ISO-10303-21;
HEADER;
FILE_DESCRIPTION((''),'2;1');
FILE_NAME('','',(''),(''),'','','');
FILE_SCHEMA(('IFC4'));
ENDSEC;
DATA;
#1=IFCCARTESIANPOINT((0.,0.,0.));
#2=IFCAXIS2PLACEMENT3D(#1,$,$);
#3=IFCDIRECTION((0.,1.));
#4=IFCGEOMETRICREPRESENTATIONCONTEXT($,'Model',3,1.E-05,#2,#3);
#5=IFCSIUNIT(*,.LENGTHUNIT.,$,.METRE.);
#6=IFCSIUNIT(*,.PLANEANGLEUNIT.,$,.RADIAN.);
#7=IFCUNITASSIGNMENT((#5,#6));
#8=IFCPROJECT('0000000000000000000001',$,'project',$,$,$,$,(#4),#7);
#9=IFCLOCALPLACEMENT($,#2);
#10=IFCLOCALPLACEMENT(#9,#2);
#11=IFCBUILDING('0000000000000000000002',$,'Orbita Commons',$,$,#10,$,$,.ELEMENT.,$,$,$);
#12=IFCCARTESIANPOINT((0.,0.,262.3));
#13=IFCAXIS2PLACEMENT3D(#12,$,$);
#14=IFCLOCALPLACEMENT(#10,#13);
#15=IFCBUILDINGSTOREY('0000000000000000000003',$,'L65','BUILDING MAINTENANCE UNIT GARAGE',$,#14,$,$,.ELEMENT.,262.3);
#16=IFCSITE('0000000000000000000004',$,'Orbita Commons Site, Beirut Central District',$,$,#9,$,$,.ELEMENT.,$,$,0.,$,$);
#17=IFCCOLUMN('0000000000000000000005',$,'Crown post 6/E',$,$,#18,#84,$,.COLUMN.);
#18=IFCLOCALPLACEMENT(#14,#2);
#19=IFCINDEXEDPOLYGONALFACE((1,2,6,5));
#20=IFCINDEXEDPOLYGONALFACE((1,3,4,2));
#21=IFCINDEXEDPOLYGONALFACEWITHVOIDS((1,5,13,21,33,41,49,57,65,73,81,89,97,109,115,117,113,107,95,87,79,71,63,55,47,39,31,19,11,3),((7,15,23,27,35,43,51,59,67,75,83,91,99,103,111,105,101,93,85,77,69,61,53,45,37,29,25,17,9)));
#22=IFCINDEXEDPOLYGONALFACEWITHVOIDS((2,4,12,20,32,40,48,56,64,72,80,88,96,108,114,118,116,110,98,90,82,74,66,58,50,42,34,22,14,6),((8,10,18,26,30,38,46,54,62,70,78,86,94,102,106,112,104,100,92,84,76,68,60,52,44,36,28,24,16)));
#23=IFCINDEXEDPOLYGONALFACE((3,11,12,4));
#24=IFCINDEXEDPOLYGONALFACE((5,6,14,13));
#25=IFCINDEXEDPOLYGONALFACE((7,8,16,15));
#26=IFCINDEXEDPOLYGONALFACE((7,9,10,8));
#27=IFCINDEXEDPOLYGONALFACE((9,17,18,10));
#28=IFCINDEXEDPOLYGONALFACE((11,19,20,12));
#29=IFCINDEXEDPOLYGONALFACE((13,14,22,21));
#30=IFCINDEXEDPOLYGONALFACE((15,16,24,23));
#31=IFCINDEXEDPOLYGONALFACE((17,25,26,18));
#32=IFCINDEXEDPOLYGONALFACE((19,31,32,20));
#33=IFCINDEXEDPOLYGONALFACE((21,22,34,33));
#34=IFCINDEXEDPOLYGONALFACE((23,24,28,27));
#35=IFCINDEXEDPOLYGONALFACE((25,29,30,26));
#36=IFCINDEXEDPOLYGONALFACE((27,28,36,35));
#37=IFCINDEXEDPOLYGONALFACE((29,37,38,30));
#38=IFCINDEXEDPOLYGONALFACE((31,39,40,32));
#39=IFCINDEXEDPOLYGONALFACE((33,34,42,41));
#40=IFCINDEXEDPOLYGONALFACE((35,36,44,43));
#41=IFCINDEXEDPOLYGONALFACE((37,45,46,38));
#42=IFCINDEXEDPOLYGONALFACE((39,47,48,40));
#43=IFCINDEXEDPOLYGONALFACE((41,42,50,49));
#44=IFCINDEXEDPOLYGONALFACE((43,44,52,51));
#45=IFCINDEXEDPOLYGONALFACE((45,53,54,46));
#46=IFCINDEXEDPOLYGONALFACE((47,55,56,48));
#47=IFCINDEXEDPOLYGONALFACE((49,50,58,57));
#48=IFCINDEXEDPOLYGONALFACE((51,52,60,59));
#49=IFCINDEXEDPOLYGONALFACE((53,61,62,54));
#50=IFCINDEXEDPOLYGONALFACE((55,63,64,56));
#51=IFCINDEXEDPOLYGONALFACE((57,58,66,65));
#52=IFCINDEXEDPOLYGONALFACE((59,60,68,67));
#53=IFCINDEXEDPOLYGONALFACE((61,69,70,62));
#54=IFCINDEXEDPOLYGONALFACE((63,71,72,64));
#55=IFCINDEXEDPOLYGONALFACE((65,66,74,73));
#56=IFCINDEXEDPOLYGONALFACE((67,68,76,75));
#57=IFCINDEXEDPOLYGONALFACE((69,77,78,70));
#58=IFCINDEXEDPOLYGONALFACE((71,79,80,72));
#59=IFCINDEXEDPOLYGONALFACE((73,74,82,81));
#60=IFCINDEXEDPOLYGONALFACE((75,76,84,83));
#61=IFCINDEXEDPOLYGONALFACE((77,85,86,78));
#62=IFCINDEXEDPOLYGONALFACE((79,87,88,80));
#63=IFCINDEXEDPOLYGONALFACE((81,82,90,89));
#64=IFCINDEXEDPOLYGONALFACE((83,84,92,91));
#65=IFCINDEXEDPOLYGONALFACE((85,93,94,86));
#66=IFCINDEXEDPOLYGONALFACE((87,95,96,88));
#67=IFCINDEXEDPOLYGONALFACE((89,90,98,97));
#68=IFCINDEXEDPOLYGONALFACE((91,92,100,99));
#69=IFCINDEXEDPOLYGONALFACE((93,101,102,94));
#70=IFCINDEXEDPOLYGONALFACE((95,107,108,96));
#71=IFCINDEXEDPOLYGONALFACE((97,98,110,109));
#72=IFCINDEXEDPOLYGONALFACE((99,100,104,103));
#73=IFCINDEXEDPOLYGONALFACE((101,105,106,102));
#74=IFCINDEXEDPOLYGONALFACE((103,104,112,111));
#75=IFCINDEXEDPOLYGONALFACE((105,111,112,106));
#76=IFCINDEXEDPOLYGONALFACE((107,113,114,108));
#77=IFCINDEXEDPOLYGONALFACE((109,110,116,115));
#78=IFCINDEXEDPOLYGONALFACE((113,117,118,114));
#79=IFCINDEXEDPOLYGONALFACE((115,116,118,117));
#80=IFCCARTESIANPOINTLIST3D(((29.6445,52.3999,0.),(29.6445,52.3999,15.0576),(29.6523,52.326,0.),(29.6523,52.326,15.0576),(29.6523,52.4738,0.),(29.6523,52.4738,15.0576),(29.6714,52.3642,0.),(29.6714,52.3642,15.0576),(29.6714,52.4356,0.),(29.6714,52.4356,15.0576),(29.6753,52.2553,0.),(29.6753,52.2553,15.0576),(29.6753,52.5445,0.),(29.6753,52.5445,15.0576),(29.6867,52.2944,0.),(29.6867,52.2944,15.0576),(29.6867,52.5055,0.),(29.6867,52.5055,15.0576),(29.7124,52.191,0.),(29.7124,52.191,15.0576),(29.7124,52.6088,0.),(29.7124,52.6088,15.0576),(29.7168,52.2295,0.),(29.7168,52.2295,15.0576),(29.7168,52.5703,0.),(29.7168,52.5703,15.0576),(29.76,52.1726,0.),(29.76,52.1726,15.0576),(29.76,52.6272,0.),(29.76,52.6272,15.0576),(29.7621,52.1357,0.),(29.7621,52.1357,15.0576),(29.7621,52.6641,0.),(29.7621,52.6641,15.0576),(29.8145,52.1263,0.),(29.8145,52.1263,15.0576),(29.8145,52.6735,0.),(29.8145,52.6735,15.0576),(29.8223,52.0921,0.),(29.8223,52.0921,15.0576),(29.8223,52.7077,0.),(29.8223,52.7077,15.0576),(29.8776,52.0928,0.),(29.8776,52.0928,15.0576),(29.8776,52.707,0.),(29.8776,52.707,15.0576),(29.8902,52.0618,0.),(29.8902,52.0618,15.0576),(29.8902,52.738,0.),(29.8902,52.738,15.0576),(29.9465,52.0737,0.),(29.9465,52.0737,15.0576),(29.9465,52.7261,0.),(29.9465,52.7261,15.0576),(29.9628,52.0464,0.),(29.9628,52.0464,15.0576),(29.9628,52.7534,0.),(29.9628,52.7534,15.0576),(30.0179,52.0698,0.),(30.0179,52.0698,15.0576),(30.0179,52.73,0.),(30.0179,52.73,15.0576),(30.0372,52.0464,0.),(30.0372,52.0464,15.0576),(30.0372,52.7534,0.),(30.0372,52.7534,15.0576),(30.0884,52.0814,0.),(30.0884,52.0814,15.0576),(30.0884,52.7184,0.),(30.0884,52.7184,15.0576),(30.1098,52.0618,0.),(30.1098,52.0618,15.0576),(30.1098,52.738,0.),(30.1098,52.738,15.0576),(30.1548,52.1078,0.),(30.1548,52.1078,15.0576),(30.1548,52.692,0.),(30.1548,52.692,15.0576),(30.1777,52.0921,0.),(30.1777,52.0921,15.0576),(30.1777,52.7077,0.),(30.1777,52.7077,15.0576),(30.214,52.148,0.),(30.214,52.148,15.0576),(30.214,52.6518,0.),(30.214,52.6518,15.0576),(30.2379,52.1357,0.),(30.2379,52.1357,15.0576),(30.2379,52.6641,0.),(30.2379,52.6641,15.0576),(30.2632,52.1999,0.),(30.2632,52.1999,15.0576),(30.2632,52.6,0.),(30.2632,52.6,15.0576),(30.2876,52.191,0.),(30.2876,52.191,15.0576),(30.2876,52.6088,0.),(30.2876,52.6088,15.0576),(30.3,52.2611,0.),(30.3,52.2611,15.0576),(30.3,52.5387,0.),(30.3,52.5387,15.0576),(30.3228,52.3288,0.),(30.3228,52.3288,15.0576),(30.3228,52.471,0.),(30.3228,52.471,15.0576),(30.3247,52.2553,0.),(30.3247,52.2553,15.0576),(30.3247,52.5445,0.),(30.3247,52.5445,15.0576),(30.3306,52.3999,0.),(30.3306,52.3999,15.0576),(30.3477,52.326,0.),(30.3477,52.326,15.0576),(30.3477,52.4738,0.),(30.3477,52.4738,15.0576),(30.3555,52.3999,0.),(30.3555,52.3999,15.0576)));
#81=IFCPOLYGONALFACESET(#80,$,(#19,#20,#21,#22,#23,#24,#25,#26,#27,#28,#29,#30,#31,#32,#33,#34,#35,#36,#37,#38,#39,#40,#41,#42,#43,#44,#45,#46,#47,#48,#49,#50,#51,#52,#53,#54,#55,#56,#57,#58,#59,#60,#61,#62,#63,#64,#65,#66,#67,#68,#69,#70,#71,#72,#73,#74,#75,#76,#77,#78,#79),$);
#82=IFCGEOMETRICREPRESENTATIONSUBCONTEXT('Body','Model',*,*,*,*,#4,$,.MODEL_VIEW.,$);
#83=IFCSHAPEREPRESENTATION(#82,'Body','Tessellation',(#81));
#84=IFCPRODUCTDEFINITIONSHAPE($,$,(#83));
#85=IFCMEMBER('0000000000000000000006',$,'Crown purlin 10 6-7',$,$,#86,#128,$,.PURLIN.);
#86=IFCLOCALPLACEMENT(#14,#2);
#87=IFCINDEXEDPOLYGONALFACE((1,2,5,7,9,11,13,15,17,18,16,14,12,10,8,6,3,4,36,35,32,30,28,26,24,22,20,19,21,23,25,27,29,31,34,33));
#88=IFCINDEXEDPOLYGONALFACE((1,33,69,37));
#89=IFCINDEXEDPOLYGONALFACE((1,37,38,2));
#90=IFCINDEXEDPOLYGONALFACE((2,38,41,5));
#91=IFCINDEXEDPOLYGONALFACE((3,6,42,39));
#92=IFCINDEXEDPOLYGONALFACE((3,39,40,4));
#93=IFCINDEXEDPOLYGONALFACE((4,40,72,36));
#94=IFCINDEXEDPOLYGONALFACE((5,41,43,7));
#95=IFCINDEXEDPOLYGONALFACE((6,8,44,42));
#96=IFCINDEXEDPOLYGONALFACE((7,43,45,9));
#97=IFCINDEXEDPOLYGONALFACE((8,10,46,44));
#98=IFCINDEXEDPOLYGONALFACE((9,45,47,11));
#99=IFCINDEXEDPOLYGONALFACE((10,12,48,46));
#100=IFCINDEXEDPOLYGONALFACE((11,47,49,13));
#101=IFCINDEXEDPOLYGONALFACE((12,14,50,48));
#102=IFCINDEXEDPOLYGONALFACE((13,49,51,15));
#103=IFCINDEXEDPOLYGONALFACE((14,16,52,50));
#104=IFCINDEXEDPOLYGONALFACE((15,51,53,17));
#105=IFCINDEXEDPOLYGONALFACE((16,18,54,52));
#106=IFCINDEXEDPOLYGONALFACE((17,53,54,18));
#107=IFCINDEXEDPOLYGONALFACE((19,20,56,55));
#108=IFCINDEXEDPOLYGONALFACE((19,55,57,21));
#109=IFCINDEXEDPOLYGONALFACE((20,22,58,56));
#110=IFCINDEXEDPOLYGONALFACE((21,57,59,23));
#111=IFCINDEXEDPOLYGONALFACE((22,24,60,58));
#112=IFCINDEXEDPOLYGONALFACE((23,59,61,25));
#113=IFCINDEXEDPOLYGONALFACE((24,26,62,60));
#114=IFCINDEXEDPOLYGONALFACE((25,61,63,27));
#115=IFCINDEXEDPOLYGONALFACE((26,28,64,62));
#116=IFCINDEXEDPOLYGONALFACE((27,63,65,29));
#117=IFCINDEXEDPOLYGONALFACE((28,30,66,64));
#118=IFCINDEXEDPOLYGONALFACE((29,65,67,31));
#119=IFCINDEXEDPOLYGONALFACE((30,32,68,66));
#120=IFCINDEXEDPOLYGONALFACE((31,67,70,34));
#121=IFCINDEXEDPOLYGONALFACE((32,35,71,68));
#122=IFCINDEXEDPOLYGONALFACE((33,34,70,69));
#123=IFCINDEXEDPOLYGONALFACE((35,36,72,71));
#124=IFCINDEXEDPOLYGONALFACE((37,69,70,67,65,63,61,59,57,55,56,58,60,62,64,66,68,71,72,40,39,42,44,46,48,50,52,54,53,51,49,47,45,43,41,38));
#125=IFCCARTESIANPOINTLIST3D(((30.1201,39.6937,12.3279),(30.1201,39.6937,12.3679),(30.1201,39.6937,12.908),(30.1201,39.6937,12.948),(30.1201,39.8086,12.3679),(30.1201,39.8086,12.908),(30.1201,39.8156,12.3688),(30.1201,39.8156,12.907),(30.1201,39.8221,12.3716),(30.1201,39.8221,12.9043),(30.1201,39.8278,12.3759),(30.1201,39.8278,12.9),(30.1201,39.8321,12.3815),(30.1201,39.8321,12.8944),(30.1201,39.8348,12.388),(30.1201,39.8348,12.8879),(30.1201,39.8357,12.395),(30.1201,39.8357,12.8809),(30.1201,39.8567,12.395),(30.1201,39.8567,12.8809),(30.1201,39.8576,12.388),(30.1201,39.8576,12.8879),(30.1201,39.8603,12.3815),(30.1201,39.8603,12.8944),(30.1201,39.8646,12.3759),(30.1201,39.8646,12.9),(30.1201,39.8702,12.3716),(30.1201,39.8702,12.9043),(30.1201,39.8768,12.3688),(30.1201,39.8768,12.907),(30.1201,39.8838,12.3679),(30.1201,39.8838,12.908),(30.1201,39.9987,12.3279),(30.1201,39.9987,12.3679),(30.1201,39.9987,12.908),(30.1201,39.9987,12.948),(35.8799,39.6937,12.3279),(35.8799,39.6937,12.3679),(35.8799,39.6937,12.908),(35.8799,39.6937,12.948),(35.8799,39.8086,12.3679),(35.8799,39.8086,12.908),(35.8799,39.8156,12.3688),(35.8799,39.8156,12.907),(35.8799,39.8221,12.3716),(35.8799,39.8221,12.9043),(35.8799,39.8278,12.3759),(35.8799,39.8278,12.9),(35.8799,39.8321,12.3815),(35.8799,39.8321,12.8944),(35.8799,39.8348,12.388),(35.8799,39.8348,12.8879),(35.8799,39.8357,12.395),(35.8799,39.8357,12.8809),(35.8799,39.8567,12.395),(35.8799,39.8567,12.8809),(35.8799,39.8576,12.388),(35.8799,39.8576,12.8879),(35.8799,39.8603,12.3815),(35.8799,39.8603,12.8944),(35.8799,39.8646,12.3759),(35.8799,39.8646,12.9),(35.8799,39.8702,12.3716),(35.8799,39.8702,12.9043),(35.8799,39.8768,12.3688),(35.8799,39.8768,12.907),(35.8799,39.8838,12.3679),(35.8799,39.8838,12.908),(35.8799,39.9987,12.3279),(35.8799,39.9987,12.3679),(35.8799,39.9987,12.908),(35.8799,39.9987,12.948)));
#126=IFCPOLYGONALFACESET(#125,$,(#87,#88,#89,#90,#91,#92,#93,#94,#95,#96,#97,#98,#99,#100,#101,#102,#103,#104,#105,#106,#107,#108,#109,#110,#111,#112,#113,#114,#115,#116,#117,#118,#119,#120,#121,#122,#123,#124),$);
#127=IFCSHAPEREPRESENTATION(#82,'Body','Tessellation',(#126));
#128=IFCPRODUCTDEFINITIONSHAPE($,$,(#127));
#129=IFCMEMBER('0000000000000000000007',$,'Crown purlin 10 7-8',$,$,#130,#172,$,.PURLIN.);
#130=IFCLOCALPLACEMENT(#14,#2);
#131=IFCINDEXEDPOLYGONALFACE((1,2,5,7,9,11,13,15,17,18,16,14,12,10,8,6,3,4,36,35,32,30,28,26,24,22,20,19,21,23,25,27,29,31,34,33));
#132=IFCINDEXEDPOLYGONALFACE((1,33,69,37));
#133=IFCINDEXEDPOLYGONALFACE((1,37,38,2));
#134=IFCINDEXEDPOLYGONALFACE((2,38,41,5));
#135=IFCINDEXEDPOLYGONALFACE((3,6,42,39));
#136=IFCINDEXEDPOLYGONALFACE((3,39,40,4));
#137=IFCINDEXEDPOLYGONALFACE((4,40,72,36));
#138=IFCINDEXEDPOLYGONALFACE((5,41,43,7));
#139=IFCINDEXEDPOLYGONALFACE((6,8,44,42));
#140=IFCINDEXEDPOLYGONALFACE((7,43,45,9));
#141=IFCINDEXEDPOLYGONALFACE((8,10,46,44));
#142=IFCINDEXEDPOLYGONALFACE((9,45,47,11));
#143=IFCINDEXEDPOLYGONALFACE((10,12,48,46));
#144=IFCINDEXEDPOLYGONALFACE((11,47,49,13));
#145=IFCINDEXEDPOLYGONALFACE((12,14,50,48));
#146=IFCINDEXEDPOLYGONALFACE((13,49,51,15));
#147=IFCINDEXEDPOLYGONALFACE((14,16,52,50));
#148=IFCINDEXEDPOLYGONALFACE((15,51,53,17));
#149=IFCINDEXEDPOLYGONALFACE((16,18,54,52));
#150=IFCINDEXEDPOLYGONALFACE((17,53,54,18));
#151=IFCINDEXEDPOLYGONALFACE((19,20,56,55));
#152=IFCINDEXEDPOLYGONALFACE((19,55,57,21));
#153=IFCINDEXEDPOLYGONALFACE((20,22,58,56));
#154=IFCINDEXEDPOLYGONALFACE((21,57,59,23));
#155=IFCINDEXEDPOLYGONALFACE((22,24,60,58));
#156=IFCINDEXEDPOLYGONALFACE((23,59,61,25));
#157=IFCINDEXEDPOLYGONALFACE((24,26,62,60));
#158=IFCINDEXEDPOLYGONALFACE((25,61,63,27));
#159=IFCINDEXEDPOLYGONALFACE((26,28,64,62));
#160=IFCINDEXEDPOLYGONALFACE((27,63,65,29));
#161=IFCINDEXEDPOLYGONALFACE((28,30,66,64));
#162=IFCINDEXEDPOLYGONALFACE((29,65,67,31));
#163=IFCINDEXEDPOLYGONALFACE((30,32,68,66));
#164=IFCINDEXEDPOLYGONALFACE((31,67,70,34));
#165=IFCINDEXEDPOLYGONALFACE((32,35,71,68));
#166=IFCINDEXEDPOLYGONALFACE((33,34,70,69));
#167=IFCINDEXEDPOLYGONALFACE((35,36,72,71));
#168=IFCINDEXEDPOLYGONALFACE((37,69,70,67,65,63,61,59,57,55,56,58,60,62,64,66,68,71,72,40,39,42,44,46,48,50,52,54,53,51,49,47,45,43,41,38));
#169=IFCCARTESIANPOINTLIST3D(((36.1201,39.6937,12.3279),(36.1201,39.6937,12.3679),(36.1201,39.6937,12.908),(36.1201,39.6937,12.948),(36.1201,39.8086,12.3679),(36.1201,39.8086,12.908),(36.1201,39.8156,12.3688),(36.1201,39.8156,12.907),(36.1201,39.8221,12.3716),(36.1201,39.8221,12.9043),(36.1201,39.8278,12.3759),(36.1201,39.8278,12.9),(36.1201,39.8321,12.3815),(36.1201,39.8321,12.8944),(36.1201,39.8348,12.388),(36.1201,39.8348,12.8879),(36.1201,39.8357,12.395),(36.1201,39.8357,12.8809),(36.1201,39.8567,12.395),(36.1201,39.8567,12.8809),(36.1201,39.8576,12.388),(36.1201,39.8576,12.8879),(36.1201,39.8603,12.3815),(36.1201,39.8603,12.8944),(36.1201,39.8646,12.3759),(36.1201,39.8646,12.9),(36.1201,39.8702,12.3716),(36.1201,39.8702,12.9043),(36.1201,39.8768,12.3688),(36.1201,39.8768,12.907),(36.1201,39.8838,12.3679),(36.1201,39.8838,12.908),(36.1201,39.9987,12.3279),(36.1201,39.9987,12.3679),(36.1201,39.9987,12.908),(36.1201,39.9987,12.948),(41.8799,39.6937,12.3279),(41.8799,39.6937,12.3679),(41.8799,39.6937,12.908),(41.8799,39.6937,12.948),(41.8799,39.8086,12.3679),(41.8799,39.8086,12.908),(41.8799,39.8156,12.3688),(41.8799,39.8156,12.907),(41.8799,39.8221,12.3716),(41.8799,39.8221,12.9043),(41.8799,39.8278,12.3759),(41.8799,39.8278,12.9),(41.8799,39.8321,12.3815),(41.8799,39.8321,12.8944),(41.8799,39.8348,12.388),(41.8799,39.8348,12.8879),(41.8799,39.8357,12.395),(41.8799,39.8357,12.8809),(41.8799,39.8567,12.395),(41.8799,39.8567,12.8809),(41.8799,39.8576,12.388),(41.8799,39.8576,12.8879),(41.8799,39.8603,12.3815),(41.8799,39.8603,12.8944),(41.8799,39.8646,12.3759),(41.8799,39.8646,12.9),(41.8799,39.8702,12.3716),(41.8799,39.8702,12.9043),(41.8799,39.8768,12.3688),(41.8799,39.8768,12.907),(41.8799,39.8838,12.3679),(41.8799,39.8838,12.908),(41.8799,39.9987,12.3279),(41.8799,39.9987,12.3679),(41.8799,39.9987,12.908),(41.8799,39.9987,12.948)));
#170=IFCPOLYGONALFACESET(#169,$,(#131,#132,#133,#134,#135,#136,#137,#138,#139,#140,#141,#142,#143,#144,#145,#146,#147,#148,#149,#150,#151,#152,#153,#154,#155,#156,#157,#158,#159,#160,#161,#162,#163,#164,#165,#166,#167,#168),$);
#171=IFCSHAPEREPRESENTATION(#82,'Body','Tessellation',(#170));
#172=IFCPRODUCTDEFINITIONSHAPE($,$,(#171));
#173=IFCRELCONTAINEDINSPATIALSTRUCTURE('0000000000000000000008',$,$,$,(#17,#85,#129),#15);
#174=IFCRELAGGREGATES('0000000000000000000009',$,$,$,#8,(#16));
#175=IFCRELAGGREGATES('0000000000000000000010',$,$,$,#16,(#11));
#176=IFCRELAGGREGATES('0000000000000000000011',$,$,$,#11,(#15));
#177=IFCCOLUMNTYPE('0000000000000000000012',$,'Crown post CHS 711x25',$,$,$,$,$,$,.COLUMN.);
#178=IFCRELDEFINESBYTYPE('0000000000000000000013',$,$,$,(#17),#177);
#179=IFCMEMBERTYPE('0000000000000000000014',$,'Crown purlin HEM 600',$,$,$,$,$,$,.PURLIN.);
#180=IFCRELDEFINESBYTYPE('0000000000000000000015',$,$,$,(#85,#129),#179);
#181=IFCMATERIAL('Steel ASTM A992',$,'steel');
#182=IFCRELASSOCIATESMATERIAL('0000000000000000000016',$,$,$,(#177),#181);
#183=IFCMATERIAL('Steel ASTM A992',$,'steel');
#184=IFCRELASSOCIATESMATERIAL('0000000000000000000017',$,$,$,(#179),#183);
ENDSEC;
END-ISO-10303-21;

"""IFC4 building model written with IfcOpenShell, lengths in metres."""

from ifc_helpers import new_model, si_unit, direction, frame, origin, origin_2d, place, context, subcontext, project, spatial, hollow_circle, i_section, extrude, material, material_profile, profile_set, type_object, element, save


model = new_model("IFC4")

# Units and contexts
model_context = context("Model", 3, precision=1e-05, world=origin(), true_north=direction((0.0, 1.0)))
body_context = subcontext(model_context, "Body", "Model", "MODEL_VIEW")
ifc_project = project(units=[si_unit("LENGTHUNIT", "METRE"), si_unit("PLANEANGLEUNIT", "RADIAN")], contexts=[model_context])

# Site, building, storey
site_placement = place(None, origin())
site = spatial("IfcSite", under=ifc_project, at=site_placement, Name="Orbita Commons Site, Beirut Central District", CompositionType="ELEMENT", RefElevation=0.0)
building_placement = place(site_placement, origin())
building = spatial("IfcBuilding", under=site, at=building_placement, Name="Orbita Commons", CompositionType="ELEMENT")
storey_placement = place(building_placement, frame((0.0, 0.0, 262.3)))
storey = spatial("IfcBuildingStorey", under=building, at=storey_placement, Name="L65", Description="BUILDING MAINTENANCE UNIT GARAGE", CompositionType="ELEMENT", Elevation=262.3)

# Column
ifc_material_1 = material(Name="Steel ASTM A992", Category="steel")
ifc_material_profile_1 = material_profile(ifc_material_1, hollow_circle(Radius=0.3555, WallThickness=0.0249, at=origin_2d()), Name="CHS 711x25")
ifc_profile_set_1 = profile_set([ifc_material_profile_1], Name="Steel ASTM A992")
column_type = type_object("IfcColumnType", Name="Crown post CHS 711x25", PredefinedType="COLUMN", material=ifc_profile_set_1)
column_placement = place(storey_placement, frame((30.0, 52.3999, 0.0), z_axis=(0.0, 0.0, 1.0), x_axis=(1.0, 0.0, 0.0)))
element("IfcColumn", 1, at=column_placement, inside=storey, type_object=column_type, Name="Crown post 6/E", PredefinedType="COLUMN", context=body_context, shape_type="SweptSolid", body=[
    extrude(hollow_circle(Radius=0.3555, WallThickness=0.0249, at=origin_2d()), origin(), (0.0, 0.0, 1.0), 15.0576),
])

# Members
ifc_material_2 = material(Name="Steel ASTM A992", Category="steel")
ifc_material_profile_2 = material_profile(ifc_material_2, i_section(OverallWidth=0.3049, OverallDepth=0.6201, WebThickness=0.021, FlangeThickness=0.04, FilletRadius=0.0271, at=origin_2d()), Name="HEM 600")
ifc_profile_set_2 = profile_set([ifc_material_profile_2], Name="Steel ASTM A992")
member_type = type_object("IfcMemberType", Name="Crown purlin HEM 600", PredefinedType="PURLIN", material=ifc_profile_set_2)
for number, where, z_axis, x_axis, name in (
    (2, (30.1201, 39.8462, 12.6379), (1.0, 0.0, 0.0), (0.0, 1.0, 0.0), "Crown purlin 10 6-7"),
    (3, (36.1201, 39.8462, 12.6379), (1.0, 0.0, 0.0), (0.0, 1.0, 0.0), "Crown purlin 10 7-8"),
):
    element("IfcMember", number, at=place(storey_placement, frame(where, z_axis=z_axis, x_axis=x_axis)), inside=storey, type_object=member_type, Name=name, PredefinedType="PURLIN", context=body_context, shape_type="SweptSolid", body=[
        extrude(i_section(OverallWidth=0.3049, OverallDepth=0.6201, WebThickness=0.021, FlangeThickness=0.04, FilletRadius=0.0271, at=origin_2d()), origin(), (0.0, 0.0, 1.0), 5.7598),
    ])

save(model, "model.ifc")
